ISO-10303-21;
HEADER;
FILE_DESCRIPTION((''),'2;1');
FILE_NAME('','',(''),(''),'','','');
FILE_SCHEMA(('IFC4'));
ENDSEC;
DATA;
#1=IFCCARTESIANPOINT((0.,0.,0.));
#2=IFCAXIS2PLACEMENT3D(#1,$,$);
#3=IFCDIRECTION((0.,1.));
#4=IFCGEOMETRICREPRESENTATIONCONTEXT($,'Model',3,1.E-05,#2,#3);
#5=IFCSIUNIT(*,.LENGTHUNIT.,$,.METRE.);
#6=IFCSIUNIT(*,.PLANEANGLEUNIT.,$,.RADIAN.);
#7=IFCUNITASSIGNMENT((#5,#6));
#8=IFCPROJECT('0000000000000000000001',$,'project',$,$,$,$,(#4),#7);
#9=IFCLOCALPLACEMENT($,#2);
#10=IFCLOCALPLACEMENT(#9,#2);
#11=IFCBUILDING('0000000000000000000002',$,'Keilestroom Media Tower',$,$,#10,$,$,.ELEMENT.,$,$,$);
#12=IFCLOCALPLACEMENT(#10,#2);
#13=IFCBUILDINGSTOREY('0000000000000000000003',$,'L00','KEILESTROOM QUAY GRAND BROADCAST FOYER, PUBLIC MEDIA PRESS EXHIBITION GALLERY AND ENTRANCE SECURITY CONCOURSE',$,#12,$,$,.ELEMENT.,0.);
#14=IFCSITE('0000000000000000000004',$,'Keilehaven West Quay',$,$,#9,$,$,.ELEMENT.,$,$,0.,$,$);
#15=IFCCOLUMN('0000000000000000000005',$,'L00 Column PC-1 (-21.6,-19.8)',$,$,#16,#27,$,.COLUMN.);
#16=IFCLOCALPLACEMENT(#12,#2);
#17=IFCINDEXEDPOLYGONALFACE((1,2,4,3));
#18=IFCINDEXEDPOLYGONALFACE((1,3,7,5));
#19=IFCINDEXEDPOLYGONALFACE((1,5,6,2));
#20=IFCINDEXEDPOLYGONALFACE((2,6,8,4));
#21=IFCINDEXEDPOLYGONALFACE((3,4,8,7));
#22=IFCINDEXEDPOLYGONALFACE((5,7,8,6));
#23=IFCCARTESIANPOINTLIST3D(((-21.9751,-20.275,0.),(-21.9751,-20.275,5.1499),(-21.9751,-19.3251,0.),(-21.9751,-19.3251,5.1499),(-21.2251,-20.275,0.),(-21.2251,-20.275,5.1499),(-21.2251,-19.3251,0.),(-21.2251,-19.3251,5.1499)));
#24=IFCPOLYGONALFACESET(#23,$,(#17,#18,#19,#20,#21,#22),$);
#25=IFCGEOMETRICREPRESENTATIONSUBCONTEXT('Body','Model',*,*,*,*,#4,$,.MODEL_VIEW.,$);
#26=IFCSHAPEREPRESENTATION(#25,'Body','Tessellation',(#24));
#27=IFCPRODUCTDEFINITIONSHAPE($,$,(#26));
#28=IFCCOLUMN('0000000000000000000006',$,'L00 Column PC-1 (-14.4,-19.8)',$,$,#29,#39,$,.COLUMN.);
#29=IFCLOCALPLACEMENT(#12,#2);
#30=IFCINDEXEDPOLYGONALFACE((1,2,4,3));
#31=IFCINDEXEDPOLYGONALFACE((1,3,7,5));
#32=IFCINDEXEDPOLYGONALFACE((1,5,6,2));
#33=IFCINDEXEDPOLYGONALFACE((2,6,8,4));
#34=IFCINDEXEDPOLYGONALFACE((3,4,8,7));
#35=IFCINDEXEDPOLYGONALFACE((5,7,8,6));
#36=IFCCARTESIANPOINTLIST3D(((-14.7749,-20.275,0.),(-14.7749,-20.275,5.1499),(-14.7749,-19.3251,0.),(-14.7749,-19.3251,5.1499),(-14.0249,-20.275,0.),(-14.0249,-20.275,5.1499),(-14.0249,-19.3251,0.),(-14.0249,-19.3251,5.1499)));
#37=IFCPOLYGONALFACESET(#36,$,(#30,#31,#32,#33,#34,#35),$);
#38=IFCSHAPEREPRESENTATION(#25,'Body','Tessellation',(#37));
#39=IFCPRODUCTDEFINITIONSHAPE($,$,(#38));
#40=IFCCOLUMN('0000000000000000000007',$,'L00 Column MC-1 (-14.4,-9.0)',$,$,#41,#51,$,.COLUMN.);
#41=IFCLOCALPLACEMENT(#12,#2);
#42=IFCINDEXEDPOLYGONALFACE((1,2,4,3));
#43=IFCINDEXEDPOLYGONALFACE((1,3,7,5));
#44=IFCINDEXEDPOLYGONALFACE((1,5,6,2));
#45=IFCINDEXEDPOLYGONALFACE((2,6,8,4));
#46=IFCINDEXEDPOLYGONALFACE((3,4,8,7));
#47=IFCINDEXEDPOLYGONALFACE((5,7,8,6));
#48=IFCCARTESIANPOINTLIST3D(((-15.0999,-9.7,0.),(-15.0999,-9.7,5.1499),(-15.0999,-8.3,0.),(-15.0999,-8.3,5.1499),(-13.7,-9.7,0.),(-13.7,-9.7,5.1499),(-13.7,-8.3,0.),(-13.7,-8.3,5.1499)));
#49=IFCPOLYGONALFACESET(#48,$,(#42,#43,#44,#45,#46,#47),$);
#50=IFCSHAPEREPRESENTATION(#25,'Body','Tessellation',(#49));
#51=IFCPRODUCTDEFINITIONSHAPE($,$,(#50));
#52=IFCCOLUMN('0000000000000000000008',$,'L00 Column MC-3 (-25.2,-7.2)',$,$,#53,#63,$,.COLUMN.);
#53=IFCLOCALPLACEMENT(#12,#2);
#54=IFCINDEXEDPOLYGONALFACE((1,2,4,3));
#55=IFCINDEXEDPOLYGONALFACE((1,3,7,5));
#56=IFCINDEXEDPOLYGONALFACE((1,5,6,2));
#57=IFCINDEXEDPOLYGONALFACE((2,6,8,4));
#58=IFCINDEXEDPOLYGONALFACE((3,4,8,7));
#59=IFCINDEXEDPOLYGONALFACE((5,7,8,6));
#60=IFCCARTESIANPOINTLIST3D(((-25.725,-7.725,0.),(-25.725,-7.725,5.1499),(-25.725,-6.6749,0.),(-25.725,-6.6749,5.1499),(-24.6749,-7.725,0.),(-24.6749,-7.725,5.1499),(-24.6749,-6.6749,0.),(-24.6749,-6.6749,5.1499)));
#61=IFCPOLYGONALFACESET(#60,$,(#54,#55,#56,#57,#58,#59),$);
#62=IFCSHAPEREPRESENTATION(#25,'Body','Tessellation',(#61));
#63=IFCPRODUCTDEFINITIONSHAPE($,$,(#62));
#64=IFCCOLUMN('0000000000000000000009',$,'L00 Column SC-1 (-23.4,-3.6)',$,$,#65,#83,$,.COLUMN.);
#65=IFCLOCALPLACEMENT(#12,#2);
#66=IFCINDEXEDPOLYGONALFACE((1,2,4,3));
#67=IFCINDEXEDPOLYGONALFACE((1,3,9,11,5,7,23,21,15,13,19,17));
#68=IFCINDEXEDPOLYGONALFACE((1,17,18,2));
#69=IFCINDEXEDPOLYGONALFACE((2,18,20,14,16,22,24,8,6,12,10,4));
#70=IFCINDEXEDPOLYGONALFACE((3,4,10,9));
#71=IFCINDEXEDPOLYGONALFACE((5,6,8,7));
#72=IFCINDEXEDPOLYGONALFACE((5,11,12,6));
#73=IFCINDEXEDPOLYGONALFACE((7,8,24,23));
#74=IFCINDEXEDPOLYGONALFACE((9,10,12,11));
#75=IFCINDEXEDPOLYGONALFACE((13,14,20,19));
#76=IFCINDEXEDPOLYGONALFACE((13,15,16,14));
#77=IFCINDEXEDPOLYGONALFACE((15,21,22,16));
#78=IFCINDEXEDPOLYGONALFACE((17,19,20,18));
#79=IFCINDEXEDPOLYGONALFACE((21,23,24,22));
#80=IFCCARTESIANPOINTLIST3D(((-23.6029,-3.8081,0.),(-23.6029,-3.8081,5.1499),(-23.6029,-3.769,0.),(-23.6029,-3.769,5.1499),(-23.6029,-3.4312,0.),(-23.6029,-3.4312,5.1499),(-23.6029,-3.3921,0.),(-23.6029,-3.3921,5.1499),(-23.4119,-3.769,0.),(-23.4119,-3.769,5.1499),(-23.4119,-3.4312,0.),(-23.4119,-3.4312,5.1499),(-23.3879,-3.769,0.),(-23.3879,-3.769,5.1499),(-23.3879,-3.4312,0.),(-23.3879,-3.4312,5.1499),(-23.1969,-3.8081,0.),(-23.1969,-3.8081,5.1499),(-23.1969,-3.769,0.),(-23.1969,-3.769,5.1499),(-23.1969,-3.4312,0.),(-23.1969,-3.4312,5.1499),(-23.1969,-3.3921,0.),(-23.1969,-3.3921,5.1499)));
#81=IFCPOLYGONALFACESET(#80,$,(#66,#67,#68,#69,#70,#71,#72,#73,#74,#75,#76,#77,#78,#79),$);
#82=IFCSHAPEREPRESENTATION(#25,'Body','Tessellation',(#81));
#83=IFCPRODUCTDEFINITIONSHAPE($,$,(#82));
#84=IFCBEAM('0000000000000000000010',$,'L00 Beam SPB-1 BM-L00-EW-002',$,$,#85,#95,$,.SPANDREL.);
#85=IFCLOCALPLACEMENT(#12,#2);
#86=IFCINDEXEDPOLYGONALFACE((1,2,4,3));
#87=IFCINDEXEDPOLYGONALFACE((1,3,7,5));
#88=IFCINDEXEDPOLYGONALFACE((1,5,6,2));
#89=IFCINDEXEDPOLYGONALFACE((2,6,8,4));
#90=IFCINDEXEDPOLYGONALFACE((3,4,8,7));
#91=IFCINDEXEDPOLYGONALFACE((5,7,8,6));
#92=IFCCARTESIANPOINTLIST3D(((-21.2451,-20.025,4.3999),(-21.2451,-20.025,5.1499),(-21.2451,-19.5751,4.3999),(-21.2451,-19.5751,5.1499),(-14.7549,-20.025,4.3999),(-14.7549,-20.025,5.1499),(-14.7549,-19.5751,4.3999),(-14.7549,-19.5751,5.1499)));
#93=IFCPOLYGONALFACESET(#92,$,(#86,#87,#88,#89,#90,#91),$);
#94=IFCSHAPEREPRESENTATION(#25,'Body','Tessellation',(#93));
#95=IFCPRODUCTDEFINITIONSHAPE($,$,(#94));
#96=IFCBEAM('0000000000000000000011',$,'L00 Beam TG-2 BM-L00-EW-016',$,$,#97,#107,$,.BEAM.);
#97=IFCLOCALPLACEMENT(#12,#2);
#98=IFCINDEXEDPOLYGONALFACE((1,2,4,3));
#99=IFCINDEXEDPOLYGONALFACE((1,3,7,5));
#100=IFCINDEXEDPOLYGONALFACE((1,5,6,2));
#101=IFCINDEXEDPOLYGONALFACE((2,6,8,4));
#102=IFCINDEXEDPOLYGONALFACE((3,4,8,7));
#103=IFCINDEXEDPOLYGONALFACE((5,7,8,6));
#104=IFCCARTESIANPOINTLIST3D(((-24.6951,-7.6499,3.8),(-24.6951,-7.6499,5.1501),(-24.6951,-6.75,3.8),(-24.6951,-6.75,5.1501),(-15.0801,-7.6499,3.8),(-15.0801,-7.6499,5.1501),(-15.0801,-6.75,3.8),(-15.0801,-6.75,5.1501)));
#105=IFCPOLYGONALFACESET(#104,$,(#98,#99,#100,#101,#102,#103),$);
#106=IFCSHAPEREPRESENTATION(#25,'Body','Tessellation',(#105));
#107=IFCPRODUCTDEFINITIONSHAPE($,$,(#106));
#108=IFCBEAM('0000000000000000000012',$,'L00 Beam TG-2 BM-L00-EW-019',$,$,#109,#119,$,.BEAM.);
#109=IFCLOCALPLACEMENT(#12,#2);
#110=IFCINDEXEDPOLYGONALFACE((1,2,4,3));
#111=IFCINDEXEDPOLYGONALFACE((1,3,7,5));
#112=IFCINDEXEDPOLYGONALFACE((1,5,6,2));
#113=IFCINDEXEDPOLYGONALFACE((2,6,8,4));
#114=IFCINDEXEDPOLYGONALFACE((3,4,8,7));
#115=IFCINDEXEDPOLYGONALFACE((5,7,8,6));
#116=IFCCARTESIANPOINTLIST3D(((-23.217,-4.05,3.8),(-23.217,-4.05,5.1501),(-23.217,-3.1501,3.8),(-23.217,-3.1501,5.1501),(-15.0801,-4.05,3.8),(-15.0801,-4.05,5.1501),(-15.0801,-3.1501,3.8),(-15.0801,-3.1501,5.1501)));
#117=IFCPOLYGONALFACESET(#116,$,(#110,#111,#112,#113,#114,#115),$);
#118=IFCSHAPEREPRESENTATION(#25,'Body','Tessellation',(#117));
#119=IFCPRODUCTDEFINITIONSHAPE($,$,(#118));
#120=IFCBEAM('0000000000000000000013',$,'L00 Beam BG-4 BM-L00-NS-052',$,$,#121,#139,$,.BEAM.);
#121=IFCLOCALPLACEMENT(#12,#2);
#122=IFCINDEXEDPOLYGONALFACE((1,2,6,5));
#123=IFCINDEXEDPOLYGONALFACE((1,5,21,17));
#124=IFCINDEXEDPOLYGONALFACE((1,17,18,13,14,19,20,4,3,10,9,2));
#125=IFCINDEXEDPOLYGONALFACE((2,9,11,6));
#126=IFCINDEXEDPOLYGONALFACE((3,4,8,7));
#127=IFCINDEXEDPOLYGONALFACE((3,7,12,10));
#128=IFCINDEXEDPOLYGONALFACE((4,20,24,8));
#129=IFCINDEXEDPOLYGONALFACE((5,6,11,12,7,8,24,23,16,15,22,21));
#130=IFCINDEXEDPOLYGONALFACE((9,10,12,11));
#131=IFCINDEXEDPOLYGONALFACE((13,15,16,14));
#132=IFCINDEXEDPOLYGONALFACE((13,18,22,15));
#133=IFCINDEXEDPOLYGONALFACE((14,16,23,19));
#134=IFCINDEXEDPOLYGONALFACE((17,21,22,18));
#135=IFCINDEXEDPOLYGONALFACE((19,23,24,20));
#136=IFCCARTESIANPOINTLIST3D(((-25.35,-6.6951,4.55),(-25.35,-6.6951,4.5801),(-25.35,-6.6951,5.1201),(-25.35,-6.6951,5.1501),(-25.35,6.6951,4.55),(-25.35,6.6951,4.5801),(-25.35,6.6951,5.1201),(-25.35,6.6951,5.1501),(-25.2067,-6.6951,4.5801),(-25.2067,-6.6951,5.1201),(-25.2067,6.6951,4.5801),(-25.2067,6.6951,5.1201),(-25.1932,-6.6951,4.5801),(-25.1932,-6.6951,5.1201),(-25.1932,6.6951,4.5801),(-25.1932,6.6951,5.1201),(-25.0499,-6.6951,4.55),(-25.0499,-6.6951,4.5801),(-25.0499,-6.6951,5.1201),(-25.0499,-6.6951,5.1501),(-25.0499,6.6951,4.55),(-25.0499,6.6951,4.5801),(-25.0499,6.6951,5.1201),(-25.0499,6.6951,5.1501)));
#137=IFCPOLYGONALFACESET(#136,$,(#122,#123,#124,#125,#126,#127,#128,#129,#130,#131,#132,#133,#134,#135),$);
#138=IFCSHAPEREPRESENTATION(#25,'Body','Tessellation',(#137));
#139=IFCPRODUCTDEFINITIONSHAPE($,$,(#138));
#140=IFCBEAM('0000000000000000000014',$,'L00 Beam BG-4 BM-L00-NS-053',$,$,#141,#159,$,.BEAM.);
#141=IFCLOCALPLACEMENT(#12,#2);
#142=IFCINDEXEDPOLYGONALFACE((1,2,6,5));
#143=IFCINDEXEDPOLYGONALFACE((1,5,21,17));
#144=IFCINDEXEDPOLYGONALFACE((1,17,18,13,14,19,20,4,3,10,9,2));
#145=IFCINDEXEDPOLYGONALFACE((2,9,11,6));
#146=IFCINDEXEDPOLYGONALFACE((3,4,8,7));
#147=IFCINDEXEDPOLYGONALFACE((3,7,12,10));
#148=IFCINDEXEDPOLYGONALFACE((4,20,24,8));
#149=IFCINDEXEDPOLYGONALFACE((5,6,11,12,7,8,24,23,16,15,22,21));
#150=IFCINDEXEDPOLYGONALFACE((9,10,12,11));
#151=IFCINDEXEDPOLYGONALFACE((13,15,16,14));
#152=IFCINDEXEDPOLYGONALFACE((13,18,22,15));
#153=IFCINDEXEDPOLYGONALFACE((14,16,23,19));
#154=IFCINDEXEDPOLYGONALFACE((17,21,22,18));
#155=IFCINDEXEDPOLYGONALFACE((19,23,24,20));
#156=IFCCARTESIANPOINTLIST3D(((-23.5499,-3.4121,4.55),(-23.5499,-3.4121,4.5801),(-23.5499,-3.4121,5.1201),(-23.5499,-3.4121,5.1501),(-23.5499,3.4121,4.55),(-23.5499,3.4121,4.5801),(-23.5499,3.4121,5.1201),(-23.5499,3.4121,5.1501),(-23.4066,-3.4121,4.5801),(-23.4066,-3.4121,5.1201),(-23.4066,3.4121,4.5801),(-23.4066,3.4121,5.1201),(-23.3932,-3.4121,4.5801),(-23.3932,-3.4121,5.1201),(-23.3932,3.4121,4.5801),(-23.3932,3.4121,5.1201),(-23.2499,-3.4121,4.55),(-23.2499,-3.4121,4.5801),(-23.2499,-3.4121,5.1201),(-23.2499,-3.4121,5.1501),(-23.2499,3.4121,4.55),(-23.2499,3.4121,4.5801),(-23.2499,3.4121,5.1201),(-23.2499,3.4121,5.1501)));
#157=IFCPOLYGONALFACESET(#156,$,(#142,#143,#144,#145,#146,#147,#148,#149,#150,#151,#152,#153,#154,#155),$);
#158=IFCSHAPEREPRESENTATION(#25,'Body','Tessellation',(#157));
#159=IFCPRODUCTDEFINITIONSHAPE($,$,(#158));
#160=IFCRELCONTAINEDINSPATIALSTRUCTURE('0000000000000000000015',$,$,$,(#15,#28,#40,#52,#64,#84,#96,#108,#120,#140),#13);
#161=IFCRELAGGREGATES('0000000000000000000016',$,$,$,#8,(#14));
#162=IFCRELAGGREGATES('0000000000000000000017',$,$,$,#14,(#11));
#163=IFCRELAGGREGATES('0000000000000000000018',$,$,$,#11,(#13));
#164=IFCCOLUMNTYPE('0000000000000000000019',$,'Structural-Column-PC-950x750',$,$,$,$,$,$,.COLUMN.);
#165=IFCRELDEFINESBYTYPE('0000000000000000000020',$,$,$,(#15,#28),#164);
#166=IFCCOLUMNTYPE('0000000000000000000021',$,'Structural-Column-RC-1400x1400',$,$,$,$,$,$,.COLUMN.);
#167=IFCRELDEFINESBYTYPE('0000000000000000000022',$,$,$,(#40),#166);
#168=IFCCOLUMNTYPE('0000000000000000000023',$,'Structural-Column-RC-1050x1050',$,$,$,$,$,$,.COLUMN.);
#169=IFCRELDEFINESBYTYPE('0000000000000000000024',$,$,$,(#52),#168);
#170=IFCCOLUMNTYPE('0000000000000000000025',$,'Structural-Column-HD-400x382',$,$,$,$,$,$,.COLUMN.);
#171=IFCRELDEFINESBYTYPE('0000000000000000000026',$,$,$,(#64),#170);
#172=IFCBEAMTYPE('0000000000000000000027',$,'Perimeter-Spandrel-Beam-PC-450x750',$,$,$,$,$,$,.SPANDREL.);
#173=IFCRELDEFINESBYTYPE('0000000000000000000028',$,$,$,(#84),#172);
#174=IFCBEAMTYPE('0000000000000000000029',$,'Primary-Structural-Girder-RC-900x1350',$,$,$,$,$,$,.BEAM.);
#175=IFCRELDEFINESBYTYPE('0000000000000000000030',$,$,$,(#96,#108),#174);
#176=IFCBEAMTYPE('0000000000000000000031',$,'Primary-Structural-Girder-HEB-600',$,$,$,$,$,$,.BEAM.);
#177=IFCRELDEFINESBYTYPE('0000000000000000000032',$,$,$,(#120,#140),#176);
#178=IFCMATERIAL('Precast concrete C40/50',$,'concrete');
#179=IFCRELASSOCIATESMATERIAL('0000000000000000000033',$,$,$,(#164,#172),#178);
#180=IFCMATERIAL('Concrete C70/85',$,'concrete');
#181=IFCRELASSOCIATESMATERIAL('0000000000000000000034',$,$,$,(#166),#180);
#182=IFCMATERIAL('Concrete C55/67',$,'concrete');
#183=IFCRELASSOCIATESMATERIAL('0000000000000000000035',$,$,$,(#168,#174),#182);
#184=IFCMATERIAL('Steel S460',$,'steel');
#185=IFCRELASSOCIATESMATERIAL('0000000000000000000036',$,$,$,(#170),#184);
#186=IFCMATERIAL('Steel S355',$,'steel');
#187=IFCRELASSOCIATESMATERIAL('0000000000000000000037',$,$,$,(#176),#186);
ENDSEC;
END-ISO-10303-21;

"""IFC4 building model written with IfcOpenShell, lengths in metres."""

from ifc_helpers import new_model, si_unit, direction, frame, origin, origin_2d, place, context, subcontext, project, spatial, rectangle, i_section, extrude, source, transform, mapped, material, material_profile, profile_set, type_object, element, save


model = new_model("IFC4")

# Units and contexts
model_context = context("Model", 3, precision=1e-05, world=origin(), true_north=direction((0.0, 1.0)))
body_context = subcontext(model_context, "Body", "Model", "MODEL_VIEW")
ifc_project = project(units=[si_unit("LENGTHUNIT", "METRE"), si_unit("PLANEANGLEUNIT", "RADIAN")], contexts=[model_context])

# Site, building, storey
site_placement = place(None, origin())
site = spatial("IfcSite", under=ifc_project, at=site_placement, Name="Keilehaven West Quay", CompositionType="ELEMENT", RefElevation=0.0)
building_placement = place(site_placement, origin())
building = spatial("IfcBuilding", under=site, at=building_placement, Name="Keilestroom Media Tower", CompositionType="ELEMENT")
storey_placement = place(building_placement, origin())
storey = spatial("IfcBuildingStorey", under=building, at=storey_placement, Name="L00", Description="KEILESTROOM QUAY GRAND BROADCAST FOYER, PUBLIC MEDIA PRESS EXHIBITION GALLERY AND ENTRANCE SECURITY CONCOURSE", CompositionType="ELEMENT", Elevation=0.0)

# Columns
ifc_material_1 = material(Name="Precast concrete C40/50", Category="concrete")
ifc_material_profile_1 = material_profile(ifc_material_1, rectangle(XDim=0.75, YDim=0.95, at=origin_2d()), Name="PC 950x750")
ifc_profile_set_1 = profile_set([ifc_material_profile_1], Name="Precast concrete C40/50")
column_type_1 = type_object("IfcColumnType", Name="Structural-Column-PC-950x750", PredefinedType="COLUMN", material=ifc_profile_set_1)
shared_shape_1 = source(origin(), body_context, "Body", "SweptSolid", [
    extrude(rectangle(XDim=0.75, YDim=0.95, at=origin_2d()), origin(), (0.0, 0.0, 1.0), 5.1499),
])
for number, where, z_axis, x_axis, name in (
    (1, (-21.6001, -19.8, 0.0), (0.0, 0.0, 1.0), (1.0, 0.0, 0.0), "L00 Column PC-1 (-21.6,-19.8)"),
    (2, (-14.3999, -19.8, 0.0), (0.0, 0.0, 1.0), (1.0, 0.0, 0.0), "L00 Column PC-1 (-14.4,-19.8)"),
):
    element("IfcColumn", number, at=place(storey_placement, frame(where, z_axis=z_axis, x_axis=x_axis)), inside=storey, type_object=column_type_1, Name=name, PredefinedType="COLUMN", context=body_context, shape_type="MappedRepresentation", body=[
        mapped(shared_shape_1, transform((0.0, 0.0, 0.0), x_axis=(1.0, 0.0, 0.0), y_axis=(0.0, 1.0, 0.0), z_axis=(0.0, 0.0, 1.0), scale=1.0)),
    ])
ifc_material_2 = material(Name="Concrete C70/85", Category="concrete")
ifc_material_profile_2 = material_profile(ifc_material_2, rectangle(XDim=1.3999, YDim=1.3999, at=origin_2d()), Name="RC 1400x1400")
ifc_profile_set_2 = profile_set([ifc_material_profile_2], Name="Concrete C70/85")
column_type_2 = type_object("IfcColumnType", Name="Structural-Column-RC-1400x1400", PredefinedType="COLUMN", material=ifc_profile_set_2)
shared_shape_2 = source(origin(), body_context, "Body", "SweptSolid", [
    extrude(rectangle(XDim=1.3999, YDim=1.3999, at=origin_2d()), origin(), (0.0, 0.0, 1.0), 5.1499),
])
column_1_placement = place(storey_placement, frame((-14.3999, -9.0, 0.0), z_axis=(0.0, 0.0, 1.0), x_axis=(1.0, 0.0, 0.0)))
element("IfcColumn", 3, at=column_1_placement, inside=storey, type_object=column_type_2, Name="L00 Column MC-1 (-14.4,-9.0)", PredefinedType="COLUMN", context=body_context, shape_type="MappedRepresentation", body=[
    mapped(shared_shape_2, transform((0.0, 0.0, 0.0), x_axis=(1.0, 0.0, 0.0), y_axis=(0.0, 1.0, 0.0), z_axis=(0.0, 0.0, 1.0), scale=1.0)),
])
ifc_material_3 = material(Name="Concrete C55/67", Category="concrete")
ifc_material_profile_3 = material_profile(ifc_material_3, rectangle(XDim=1.05, YDim=1.05, at=origin_2d()), Name="RC 1050x1050")
ifc_profile_set_3 = profile_set([ifc_material_profile_3], Name="Concrete C55/67")
column_type_3 = type_object("IfcColumnType", Name="Structural-Column-RC-1050x1050", PredefinedType="COLUMN", material=ifc_profile_set_3)
shared_shape_3 = source(origin(), body_context, "Body", "SweptSolid", [
    extrude(rectangle(XDim=1.05, YDim=1.05, at=origin_2d()), origin(), (0.0, 0.0, 1.0), 5.1499),
])
column_2_placement = place(storey_placement, frame((-25.2, -7.2, 0.0), z_axis=(0.0, 0.0, 1.0), x_axis=(1.0, 0.0, 0.0)))
element("IfcColumn", 4, at=column_2_placement, inside=storey, type_object=column_type_3, Name="L00 Column MC-3 (-25.2,-7.2)", PredefinedType="COLUMN", context=body_context, shape_type="MappedRepresentation", body=[
    mapped(shared_shape_3, transform((0.0, 0.0, 0.0), x_axis=(1.0, 0.0, 0.0), y_axis=(0.0, 1.0, 0.0), z_axis=(0.0, 0.0, 1.0), scale=1.0)),
])
ifc_material_4 = material(Name="Steel S460", Category="steel")
ifc_material_profile_4 = material_profile(ifc_material_4, i_section(OverallWidth=0.406, OverallDepth=0.416, WebThickness=0.0239, FlangeThickness=0.0391, at=origin_2d()), Name="HD 400x382")
ifc_profile_set_4 = profile_set([ifc_material_profile_4], Name="Steel S460")
column_type_4 = type_object("IfcColumnType", Name="Structural-Column-HD-400x382", PredefinedType="COLUMN", material=ifc_profile_set_4)
shared_shape_4 = source(origin(), body_context, "Body", "SweptSolid", [
    extrude(i_section(OverallWidth=0.406, OverallDepth=0.416, WebThickness=0.0239, FlangeThickness=0.0391, at=origin_2d()), origin(), (0.0, 0.0, 1.0), 5.1499),
])
column_3_placement = place(storey_placement, frame((-23.3999, -3.6001, 0.0), z_axis=(0.0, 0.0, 1.0), x_axis=(1.0, 0.0, 0.0)))
element("IfcColumn", 5, at=column_3_placement, inside=storey, type_object=column_type_4, Name="L00 Column SC-1 (-23.4,-3.6)", PredefinedType="COLUMN", context=body_context, shape_type="MappedRepresentation", body=[
    mapped(shared_shape_4, transform((0.0, 0.0, 0.0), x_axis=(1.0, 0.0, 0.0), y_axis=(0.0, 1.0, 0.0), z_axis=(0.0, 0.0, 1.0), scale=1.0)),
])

# Beams
ifc_material_profile_5 = material_profile(ifc_material_1, rectangle(XDim=0.45, YDim=0.75, at=origin_2d()), Name="PC 450x750")
ifc_profile_set_5 = profile_set([ifc_material_profile_5], Name="Precast concrete C40/50")
beam_type_1 = type_object("IfcBeamType", Name="Perimeter-Spandrel-Beam-PC-450x750", PredefinedType="SPANDREL", material=ifc_profile_set_5)
shared_shape_5 = source(origin(), body_context, "Body", "SweptSolid", [
    extrude(rectangle(XDim=0.45, YDim=0.75, at=origin_2d()), origin(), (0.0, 0.0, 1.0), 6.4902),
])
beam_1_placement = place(storey_placement, frame((-21.2451, -19.8, 4.7749), z_axis=(1.0, 0.0, 0.0), x_axis=(0.0, 1.0, 0.0)))
element("IfcBeam", 6, at=beam_1_placement, inside=storey, type_object=beam_type_1, Name="L00 Beam SPB-1 BM-L00-EW-002", PredefinedType="SPANDREL", context=body_context, shape_type="MappedRepresentation", body=[
    mapped(shared_shape_5, transform((0.0, 0.0, 0.0), x_axis=(1.0, 0.0, 0.0), y_axis=(0.0, 1.0, 0.0), z_axis=(0.0, 0.0, 1.0), scale=1.0)),
])
ifc_material_profile_6 = material_profile(ifc_material_3, rectangle(XDim=0.8999, YDim=1.3501, at=origin_2d()), Name="RC 900x1350")
ifc_profile_set_6 = profile_set([ifc_material_profile_6], Name="Concrete C55/67")
beam_type_2 = type_object("IfcBeamType", Name="Primary-Structural-Girder-RC-900x1350", PredefinedType="BEAM", material=ifc_profile_set_6)
shared_shape_6 = source(origin(), body_context, "Body", "SweptSolid", [
    extrude(rectangle(XDim=0.8999, YDim=1.3501, at=origin_2d()), origin(), (0.0, 0.0, 1.0), 9.615),
])
beam_2_placement = place(storey_placement, frame((-24.6951, -7.2, 4.4751), z_axis=(1.0, 0.0, 0.0), x_axis=(0.0, 1.0, 0.0)))
element("IfcBeam", 7, at=beam_2_placement, inside=storey, type_object=beam_type_2, Name="L00 Beam TG-2 BM-L00-EW-016", PredefinedType="BEAM", context=body_context, shape_type="MappedRepresentation", body=[
    mapped(shared_shape_6, transform((0.0, 0.0, 0.0), x_axis=(1.0, 0.0, 0.0), y_axis=(0.0, 1.0, 0.0), z_axis=(0.0, 0.0, 1.0), scale=1.0)),
])
shared_shape_7 = source(origin(), body_context, "Body", "SweptSolid", [
    extrude(rectangle(XDim=0.8999, YDim=1.3501, at=origin_2d()), origin(), (0.0, 0.0, 1.0), 8.137),
])
beam_3_placement = place(storey_placement, frame((-23.217, -3.6001, 4.4751), z_axis=(1.0, 0.0, 0.0), x_axis=(0.0, 1.0, 0.0)))
element("IfcBeam", 8, at=beam_3_placement, inside=storey, type_object=beam_type_2, Name="L00 Beam TG-2 BM-L00-EW-019", PredefinedType="BEAM", context=body_context, shape_type="MappedRepresentation", body=[
    mapped(shared_shape_7, transform((0.0, 0.0, 0.0), x_axis=(1.0, 0.0, 0.0), y_axis=(0.0, 1.0, 0.0), z_axis=(0.0, 0.0, 1.0), scale=1.0)),
])
ifc_material_5 = material(Name="Steel S355", Category="steel")
ifc_material_profile_7 = material_profile(ifc_material_5, i_section(OverallWidth=0.3, OverallDepth=0.6001, WebThickness=0.0134, FlangeThickness=0.03, at=origin_2d()), Name="HEB 600")
ifc_profile_set_7 = profile_set([ifc_material_profile_7], Name="Steel S355")
beam_type_3 = type_object("IfcBeamType", Name="Primary-Structural-Girder-HEB-600", PredefinedType="BEAM", material=ifc_profile_set_7)
shared_shape_8 = source(origin(), body_context, "Body", "SweptSolid", [
    extrude(i_section(OverallWidth=0.3, OverallDepth=0.6001, WebThickness=0.0134, FlangeThickness=0.03, at=origin_2d()), origin(), (0.0, 0.0, 1.0), 13.3901),
])
beam_4_placement = place(storey_placement, frame((-25.2, -6.6951, 4.8501), z_axis=(0.0, 1.0, 0.0), x_axis=(-1.0, 0.0, 0.0)))
element("IfcBeam", 9, at=beam_4_placement, inside=storey, type_object=beam_type_3, Name="L00 Beam BG-4 BM-L00-NS-052", PredefinedType="BEAM", context=body_context, shape_type="MappedRepresentation", body=[
    mapped(shared_shape_8, transform((0.0, 0.0, 0.0), x_axis=(1.0, 0.0, 0.0), y_axis=(0.0, 1.0, 0.0), z_axis=(0.0, 0.0, 1.0), scale=1.0)),
])
shared_shape_9 = source(origin(), body_context, "Body", "SweptSolid", [
    extrude(i_section(OverallWidth=0.3, OverallDepth=0.6001, WebThickness=0.0134, FlangeThickness=0.03, at=origin_2d()), origin(), (0.0, 0.0, 1.0), 6.8242),
])
beam_5_placement = place(storey_placement, frame((-23.3999, -3.4121, 4.8501), z_axis=(0.0, 1.0, 0.0), x_axis=(-1.0, 0.0, 0.0)))
element("IfcBeam", 10, at=beam_5_placement, inside=storey, type_object=beam_type_3, Name="L00 Beam BG-4 BM-L00-NS-053", PredefinedType="BEAM", context=body_context, shape_type="MappedRepresentation", body=[
    mapped(shared_shape_9, transform((0.0, 0.0, 0.0), x_axis=(1.0, 0.0, 0.0), y_axis=(0.0, 1.0, 0.0), z_axis=(0.0, 0.0, 1.0), scale=1.0)),
])

save(model, "model.ifc")
